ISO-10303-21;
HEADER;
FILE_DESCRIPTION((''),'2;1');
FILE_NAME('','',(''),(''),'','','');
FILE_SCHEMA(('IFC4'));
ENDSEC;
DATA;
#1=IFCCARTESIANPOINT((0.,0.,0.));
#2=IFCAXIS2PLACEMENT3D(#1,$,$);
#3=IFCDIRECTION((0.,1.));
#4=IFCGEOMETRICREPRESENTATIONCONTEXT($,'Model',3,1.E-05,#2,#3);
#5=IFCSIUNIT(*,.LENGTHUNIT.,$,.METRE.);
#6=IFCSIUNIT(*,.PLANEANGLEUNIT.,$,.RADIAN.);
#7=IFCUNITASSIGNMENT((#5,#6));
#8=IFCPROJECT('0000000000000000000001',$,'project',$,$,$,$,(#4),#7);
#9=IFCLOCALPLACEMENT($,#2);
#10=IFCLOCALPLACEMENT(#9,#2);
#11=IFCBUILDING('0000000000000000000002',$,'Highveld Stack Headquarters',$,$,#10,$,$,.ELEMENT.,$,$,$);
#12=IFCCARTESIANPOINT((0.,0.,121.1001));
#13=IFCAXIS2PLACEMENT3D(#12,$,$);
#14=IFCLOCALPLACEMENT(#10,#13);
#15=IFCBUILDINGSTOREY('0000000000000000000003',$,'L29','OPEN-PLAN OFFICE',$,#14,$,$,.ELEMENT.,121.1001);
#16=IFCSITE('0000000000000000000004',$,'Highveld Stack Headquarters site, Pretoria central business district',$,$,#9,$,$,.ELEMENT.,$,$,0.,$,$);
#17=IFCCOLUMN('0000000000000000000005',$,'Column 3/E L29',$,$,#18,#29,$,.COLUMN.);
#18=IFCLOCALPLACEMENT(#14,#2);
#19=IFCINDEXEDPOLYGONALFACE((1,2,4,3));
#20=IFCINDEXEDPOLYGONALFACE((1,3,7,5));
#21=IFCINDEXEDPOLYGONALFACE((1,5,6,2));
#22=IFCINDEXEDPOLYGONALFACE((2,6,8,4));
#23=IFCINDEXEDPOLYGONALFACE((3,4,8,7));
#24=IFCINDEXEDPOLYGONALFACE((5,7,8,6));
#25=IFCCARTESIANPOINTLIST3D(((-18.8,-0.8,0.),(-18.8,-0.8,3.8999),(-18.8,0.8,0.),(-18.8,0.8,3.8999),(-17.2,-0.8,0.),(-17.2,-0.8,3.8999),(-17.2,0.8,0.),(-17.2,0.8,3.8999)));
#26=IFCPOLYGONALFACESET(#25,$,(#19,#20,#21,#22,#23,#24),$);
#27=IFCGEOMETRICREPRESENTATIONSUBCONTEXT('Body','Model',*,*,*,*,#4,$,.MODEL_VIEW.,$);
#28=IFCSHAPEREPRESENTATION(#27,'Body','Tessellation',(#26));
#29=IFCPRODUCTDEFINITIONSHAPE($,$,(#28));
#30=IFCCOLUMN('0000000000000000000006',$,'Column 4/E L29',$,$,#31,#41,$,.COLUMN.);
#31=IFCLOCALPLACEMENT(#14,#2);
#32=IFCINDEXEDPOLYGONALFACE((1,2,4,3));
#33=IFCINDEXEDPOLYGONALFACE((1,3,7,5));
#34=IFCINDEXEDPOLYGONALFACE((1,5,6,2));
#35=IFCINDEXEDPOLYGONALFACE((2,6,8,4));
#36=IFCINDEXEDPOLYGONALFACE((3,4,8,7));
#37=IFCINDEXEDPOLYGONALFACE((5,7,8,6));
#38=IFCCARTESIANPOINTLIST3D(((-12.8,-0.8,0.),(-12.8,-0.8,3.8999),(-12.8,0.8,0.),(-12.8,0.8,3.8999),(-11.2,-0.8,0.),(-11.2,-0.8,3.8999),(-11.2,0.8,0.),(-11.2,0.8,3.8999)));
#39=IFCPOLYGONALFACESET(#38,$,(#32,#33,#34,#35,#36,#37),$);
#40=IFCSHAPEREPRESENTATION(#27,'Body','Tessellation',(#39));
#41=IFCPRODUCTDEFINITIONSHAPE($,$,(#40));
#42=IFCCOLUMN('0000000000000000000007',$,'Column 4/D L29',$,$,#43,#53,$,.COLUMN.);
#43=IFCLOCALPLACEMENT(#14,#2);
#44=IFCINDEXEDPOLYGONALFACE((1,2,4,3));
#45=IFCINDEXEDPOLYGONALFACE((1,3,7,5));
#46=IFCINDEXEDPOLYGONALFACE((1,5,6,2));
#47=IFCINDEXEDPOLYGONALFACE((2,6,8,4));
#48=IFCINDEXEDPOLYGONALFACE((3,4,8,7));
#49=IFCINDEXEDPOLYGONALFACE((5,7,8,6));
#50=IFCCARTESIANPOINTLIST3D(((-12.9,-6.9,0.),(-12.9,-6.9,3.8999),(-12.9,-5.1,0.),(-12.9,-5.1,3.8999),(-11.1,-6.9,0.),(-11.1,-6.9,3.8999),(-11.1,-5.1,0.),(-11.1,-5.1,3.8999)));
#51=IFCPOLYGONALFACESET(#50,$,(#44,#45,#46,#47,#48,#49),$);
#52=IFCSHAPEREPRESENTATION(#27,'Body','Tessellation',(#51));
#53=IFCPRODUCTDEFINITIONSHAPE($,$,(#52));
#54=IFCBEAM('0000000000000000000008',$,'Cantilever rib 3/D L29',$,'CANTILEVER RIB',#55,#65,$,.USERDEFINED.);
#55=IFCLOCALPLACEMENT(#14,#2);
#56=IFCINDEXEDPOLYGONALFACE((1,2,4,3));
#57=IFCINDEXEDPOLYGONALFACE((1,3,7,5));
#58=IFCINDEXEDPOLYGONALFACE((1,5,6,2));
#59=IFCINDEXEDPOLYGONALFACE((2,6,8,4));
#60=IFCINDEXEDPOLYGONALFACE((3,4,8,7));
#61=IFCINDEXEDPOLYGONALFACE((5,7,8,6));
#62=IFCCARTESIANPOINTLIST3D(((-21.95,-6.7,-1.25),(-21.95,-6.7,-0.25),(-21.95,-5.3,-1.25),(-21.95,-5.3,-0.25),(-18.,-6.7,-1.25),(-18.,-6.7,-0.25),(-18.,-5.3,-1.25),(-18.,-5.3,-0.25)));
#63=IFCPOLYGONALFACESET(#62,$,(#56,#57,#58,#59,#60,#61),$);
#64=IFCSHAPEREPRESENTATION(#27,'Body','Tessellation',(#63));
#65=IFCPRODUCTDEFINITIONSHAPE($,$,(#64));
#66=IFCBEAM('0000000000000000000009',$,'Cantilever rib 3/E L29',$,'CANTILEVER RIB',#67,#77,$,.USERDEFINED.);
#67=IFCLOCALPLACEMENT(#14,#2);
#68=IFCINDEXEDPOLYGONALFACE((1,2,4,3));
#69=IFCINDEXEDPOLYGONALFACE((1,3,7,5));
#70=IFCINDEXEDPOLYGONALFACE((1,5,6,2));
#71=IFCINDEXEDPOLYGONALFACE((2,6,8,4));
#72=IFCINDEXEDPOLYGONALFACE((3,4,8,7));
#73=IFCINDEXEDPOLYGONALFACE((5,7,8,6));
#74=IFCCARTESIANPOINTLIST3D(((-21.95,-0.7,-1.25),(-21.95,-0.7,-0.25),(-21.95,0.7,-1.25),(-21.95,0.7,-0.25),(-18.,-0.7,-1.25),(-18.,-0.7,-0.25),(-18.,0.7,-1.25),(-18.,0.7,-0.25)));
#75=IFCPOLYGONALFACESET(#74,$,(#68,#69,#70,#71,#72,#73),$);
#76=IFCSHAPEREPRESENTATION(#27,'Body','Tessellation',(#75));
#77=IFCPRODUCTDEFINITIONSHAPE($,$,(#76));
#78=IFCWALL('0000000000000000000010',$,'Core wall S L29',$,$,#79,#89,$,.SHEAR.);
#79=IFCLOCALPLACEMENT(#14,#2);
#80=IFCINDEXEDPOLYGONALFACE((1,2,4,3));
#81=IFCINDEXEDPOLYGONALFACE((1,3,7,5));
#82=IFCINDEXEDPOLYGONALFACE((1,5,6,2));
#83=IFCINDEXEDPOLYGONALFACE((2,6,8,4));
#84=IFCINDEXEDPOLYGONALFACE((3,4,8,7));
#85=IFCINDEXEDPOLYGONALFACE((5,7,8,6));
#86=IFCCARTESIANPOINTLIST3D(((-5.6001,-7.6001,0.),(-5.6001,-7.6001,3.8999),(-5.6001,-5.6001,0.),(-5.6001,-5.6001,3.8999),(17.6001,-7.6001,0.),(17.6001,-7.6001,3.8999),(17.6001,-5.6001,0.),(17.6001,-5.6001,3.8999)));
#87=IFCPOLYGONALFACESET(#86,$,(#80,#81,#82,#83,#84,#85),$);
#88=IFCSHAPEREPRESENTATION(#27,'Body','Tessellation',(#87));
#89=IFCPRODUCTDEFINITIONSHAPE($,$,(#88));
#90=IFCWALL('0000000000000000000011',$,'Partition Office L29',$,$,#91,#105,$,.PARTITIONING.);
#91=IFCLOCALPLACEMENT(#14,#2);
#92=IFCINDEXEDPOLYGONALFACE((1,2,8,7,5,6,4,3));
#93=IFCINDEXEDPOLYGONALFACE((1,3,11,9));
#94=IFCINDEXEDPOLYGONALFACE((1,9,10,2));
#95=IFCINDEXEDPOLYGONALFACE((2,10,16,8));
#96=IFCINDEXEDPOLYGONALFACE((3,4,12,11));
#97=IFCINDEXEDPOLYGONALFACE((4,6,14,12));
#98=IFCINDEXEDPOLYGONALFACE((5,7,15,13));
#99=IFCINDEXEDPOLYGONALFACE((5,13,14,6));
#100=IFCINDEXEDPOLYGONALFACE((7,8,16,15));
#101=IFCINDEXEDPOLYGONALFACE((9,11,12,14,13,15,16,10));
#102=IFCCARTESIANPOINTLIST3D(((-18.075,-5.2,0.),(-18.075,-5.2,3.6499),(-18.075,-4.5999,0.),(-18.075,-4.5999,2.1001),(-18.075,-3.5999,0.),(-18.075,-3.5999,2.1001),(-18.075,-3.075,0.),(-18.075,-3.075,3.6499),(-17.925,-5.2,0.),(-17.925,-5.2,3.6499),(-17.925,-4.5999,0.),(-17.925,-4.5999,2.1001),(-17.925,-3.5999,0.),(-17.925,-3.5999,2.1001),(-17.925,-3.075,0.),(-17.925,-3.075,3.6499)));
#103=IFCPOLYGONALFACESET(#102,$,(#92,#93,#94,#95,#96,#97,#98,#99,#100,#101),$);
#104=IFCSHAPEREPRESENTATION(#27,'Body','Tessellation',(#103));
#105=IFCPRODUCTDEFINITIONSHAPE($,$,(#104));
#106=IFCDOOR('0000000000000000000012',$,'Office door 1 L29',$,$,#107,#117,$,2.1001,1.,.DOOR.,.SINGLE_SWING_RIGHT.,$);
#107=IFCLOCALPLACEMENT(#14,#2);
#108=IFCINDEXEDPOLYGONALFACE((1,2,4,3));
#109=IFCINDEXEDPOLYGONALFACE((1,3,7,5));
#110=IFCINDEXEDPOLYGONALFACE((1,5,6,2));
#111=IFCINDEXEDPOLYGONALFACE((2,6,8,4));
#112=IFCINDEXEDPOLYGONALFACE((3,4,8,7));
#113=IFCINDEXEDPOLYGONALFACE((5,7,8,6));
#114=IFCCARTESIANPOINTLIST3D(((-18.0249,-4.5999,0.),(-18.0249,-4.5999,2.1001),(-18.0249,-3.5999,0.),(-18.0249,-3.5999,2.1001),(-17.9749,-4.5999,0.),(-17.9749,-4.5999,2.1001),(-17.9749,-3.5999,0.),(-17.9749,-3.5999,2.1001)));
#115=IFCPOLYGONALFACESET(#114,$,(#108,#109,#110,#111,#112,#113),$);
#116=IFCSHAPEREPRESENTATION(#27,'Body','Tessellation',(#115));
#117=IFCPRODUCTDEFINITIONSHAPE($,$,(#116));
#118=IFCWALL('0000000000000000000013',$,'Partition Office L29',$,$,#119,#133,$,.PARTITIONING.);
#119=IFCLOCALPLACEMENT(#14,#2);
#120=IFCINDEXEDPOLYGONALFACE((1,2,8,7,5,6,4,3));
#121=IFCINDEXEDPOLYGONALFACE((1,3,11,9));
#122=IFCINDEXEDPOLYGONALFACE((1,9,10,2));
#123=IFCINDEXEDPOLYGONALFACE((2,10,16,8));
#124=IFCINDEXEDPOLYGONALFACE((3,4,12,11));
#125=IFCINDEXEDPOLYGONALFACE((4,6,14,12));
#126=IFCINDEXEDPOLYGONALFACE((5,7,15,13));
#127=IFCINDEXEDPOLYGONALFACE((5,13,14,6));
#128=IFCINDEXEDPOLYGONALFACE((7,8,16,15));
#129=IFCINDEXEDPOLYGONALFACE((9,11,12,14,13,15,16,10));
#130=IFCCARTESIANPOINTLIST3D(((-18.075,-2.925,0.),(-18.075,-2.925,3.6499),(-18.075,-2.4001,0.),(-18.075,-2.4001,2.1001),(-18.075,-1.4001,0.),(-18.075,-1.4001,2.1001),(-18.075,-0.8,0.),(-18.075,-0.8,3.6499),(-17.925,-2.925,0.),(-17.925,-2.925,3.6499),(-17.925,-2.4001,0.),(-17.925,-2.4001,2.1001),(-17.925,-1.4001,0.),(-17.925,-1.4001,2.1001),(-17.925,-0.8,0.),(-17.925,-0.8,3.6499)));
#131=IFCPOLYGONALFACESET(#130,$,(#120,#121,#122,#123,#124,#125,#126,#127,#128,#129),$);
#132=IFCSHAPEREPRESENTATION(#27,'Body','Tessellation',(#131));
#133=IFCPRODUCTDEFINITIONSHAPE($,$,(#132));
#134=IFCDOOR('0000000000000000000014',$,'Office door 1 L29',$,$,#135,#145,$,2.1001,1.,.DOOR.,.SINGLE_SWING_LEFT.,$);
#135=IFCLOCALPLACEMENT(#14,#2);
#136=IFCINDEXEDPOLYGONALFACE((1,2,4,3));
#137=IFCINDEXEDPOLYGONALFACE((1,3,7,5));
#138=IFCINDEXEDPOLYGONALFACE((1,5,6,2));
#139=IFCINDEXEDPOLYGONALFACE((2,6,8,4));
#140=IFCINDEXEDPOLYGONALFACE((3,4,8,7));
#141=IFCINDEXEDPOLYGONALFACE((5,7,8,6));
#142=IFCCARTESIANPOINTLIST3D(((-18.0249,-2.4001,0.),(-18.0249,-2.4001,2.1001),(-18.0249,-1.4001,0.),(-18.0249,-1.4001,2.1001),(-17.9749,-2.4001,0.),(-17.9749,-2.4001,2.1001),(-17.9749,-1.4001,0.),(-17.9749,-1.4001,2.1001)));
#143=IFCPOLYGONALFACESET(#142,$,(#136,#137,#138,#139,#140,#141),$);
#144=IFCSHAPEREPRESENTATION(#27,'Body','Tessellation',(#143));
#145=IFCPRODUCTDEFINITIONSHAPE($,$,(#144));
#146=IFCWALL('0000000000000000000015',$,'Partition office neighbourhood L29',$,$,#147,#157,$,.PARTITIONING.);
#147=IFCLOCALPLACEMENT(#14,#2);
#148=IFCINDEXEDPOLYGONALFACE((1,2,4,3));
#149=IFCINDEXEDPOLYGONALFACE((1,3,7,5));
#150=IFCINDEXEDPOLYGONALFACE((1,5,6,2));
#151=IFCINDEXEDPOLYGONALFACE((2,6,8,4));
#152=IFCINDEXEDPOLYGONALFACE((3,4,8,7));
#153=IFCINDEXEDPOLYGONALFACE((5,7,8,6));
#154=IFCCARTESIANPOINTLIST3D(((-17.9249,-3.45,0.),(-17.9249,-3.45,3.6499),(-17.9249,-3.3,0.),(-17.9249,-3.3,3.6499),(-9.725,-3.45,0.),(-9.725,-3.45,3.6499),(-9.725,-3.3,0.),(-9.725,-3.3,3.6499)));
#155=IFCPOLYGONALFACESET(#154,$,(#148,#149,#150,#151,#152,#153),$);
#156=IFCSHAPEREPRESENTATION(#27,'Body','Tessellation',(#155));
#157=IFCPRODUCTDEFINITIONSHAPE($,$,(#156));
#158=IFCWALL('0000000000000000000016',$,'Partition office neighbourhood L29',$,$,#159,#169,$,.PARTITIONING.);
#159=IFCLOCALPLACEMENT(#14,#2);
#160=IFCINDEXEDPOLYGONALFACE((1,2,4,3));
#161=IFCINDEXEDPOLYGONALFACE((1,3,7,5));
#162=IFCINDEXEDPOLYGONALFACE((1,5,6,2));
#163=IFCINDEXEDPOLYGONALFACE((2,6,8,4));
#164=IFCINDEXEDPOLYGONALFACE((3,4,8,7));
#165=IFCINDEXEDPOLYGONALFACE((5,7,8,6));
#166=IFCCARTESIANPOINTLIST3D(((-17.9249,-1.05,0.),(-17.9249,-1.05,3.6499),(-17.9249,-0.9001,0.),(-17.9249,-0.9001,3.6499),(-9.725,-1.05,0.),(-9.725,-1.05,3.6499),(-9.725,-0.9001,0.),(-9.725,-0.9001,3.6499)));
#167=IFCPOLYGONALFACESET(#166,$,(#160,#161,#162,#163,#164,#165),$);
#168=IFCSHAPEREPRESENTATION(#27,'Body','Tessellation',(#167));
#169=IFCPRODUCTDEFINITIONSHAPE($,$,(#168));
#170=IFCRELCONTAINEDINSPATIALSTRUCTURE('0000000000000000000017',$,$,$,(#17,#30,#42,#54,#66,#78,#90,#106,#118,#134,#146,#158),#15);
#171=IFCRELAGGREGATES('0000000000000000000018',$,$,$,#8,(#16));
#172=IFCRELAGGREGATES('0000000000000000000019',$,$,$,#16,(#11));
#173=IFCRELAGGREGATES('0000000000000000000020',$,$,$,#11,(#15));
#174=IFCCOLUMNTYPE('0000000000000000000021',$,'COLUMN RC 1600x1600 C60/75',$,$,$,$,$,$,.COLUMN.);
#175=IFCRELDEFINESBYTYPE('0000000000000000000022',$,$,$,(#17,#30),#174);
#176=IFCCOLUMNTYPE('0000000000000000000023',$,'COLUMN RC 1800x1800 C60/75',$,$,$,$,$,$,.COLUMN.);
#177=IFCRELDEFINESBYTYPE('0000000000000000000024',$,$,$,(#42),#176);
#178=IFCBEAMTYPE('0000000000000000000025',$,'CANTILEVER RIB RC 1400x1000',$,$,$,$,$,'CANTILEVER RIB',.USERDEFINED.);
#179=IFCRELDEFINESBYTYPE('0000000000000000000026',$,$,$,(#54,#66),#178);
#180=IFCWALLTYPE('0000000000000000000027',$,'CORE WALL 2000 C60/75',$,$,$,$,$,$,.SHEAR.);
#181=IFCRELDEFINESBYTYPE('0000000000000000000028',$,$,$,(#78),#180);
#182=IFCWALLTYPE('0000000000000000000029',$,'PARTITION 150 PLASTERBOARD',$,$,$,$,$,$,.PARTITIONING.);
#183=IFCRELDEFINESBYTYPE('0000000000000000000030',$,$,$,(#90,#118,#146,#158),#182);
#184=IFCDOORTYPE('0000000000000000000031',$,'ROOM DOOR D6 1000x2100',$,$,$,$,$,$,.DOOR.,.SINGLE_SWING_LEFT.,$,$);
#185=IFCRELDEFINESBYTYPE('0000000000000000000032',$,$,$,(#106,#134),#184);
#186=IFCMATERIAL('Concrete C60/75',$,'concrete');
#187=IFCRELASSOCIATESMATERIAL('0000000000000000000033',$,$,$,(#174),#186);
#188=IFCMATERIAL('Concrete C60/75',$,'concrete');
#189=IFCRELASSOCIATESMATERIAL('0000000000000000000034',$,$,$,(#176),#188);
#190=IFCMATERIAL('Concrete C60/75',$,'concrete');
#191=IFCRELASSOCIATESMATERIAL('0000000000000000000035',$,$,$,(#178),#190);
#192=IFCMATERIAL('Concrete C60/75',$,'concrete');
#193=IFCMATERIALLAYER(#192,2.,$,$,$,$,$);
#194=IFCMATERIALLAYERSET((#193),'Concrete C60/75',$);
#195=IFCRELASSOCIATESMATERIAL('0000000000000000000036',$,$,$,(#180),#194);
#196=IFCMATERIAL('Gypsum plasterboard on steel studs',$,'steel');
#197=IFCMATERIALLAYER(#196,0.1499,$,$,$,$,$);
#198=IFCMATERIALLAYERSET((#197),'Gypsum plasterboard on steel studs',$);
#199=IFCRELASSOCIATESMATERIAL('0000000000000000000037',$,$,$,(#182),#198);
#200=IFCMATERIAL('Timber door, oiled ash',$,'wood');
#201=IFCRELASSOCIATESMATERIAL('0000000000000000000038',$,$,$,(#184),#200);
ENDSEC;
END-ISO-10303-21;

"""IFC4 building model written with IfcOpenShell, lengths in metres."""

from ifc_helpers import new_model, si_unit, direction, frame, frame_2d, origin, origin_2d, place, context, subcontext, project, spatial, rectangle, extrude, material, layer, layer_set, material_profile, profile_set, type_object, element, fill, save


model = new_model("IFC4")

# Units and contexts
model_context = context("Model", 3, precision=1e-05, world=origin(), true_north=direction((0.0, 1.0)))
body_context = subcontext(model_context, "Body", "Model", "MODEL_VIEW")
ifc_project = project(units=[si_unit("LENGTHUNIT", "METRE"), si_unit("PLANEANGLEUNIT", "RADIAN")], contexts=[model_context])

# Site, building, storey
site_placement = place(None, origin())
site = spatial("IfcSite", under=ifc_project, at=site_placement, Name="Highveld Stack Headquarters site, Pretoria central business district", CompositionType="ELEMENT", RefElevation=0.0)
building_placement = place(site_placement, origin())
building = spatial("IfcBuilding", under=site, at=building_placement, Name="Highveld Stack Headquarters", CompositionType="ELEMENT")
storey_placement = place(building_placement, frame((0.0, 0.0, 121.1001)))
storey = spatial("IfcBuildingStorey", under=building, at=storey_placement, Name="L29", Description="OPEN-PLAN OFFICE", CompositionType="ELEMENT", Elevation=121.1001)

# Columns
ifc_material_1 = material(Name="Concrete C60/75", Category="concrete")
ifc_material_profile_1 = material_profile(ifc_material_1, rectangle(XDim=1.6001, YDim=1.6001, at=origin_2d()), Name="RC 1600x1600")
ifc_profile_set_1 = profile_set([ifc_material_profile_1], Name="Concrete C60/75")
column_type_1 = type_object("IfcColumnType", Name="COLUMN RC 1600x1600 C60/75", PredefinedType="COLUMN", material=ifc_profile_set_1)
for number, where, z_axis, x_axis, name in (
    (1, (-18.0, 0.0, 0.0), (0.0, 0.0, 1.0), (1.0, 0.0, 0.0), "Column 3/E L29"),
    (2, (-12.0, 0.0, 0.0), (0.0, 0.0, 1.0), (1.0, 0.0, 0.0), "Column 4/E L29"),
):
    element("IfcColumn", number, at=place(storey_placement, frame(where, z_axis=z_axis, x_axis=x_axis)), inside=storey, type_object=column_type_1, Name=name, PredefinedType="COLUMN", context=body_context, shape_type="SweptSolid", body=[
        extrude(rectangle(XDim=1.6001, YDim=1.6001, at=origin_2d()), origin(), (0.0, 0.0, 1.0), 3.8999),
    ])
ifc_material_2 = material(Name="Concrete C60/75", Category="concrete")
ifc_material_profile_2 = material_profile(ifc_material_2, rectangle(XDim=1.8, YDim=1.8, at=origin_2d()), Name="RC 1800x1800")
ifc_profile_set_2 = profile_set([ifc_material_profile_2], Name="Concrete C60/75")
column_type_2 = type_object("IfcColumnType", Name="COLUMN RC 1800x1800 C60/75", PredefinedType="COLUMN", material=ifc_profile_set_2)
column_placement = place(storey_placement, frame((-12.0, -6.0, 0.0), z_axis=(0.0, 0.0, 1.0), x_axis=(1.0, 0.0, 0.0)))
element("IfcColumn", 3, at=column_placement, inside=storey, type_object=column_type_2, Name="Column 4/D L29", PredefinedType="COLUMN", context=body_context, shape_type="SweptSolid", body=[
    extrude(rectangle(XDim=1.8, YDim=1.8, at=origin_2d()), origin(), (0.0, 0.0, 1.0), 3.8999),
])

# Beams
ifc_material_3 = material(Name="Concrete C60/75", Category="concrete")
ifc_material_profile_3 = material_profile(ifc_material_3, rectangle(XDim=1.3999, YDim=1.0, at=origin_2d()), Name="RC 1400x1000")
ifc_profile_set_3 = profile_set([ifc_material_profile_3], Name="Concrete C60/75")
beam_type = type_object("IfcBeamType", Name="CANTILEVER RIB RC 1400x1000", ElementType="CANTILEVER RIB", PredefinedType="USERDEFINED", material=ifc_profile_set_3)
for number, where, z_axis, x_axis, name in (
    (4, (-18.0, -6.0, -0.75), (-1.0, 0.0, 0.0), (0.0, -1.0, 0.0), "Cantilever rib 3/D L29"),
    (5, (-18.0, 0.0, -0.75), (-1.0, 0.0, 0.0), (0.0, -1.0, 0.0), "Cantilever rib 3/E L29"),
):
    element("IfcBeam", number, at=place(storey_placement, frame(where, z_axis=z_axis, x_axis=x_axis)), inside=storey, type_object=beam_type, Name=name, ObjectType="CANTILEVER RIB", PredefinedType="USERDEFINED", context=body_context, shape_type="SweptSolid", body=[
        extrude(rectangle(XDim=1.3999, YDim=1.0, at=origin_2d()), origin(), (0.0, 0.0, 1.0), 3.95),
    ])

# Wall
ifc_material_4 = material(Name="Concrete C60/75", Category="concrete")
ifc_layer_1 = layer(ifc_material_4, 2.0)
ifc_layer_set_1 = layer_set([ifc_layer_1], Name="Concrete C60/75")
wall_type_1 = type_object("IfcWallType", Name="CORE WALL 2000 C60/75", PredefinedType="SHEAR", material=ifc_layer_set_1)
wall_1_placement = place(storey_placement, frame((-5.6001, -6.6001, 0.0), z_axis=(0.0, 0.0, 1.0), x_axis=(1.0, 0.0, 0.0)))
element("IfcWall", 6, at=wall_1_placement, inside=storey, type_object=wall_type_1, Name="Core wall S L29", PredefinedType="SHEAR", context=body_context, shape_type="SweptSolid", body=[
    extrude(rectangle(XDim=23.2002, YDim=2.0, at=frame_2d((11.6001, 0.0))), origin(), (0.0, 0.0, 1.0), 3.8999),
])

# Walls, openings, doors
ifc_material_5 = material(Name="Gypsum plasterboard on steel studs", Category="steel")
ifc_layer_2 = layer(ifc_material_5, 0.1499)
ifc_layer_set_2 = layer_set([ifc_layer_2], Name="Gypsum plasterboard on steel studs")
wall_type_2 = type_object("IfcWallType", Name="PARTITION 150 PLASTERBOARD", PredefinedType="PARTITIONING", material=ifc_layer_set_2)
wall_2_placement = place(storey_placement, frame((-18.0, -5.2, 0.0), z_axis=(0.0, 0.0, 1.0), x_axis=(0.0, 1.0, 0.0)))
wall_2 = element("IfcWall", 7, at=wall_2_placement, inside=storey, type_object=wall_type_2, Name="Partition Office L29", PredefinedType="PARTITIONING", context=body_context, shape_type="SweptSolid", body=[
    extrude(rectangle(XDim=2.125, YDim=0.1499, at=frame_2d((1.0625, 0.0))), origin(), (0.0, 0.0, 1.0), 3.6499),
])
opening_1_placement = place(wall_2_placement, frame((0.6001, 0.0, 0.0)))
opening_1 = element("IfcOpeningElement", 8, at=opening_1_placement, cuts=wall_2, PredefinedType="OPENING", context=body_context, shape_type="SweptSolid", body=[
    extrude(rectangle(XDim=1.0, YDim=2.1001, at=frame_2d((0.5, 1.05))), frame((0.0, 0.085, 0.0), z_axis=(0.0, -1.0, 0.0), x_axis=(1.0, 0.0, 0.0)), (0.0, 0.0, 1.0), 0.1699),
])
ifc_material_6 = material(Name="Timber door, oiled ash", Category="wood")
door_type_1 = type_object("IfcDoorType", Name="ROOM DOOR D6 1000x2100", OperationType="SINGLE_SWING_LEFT", PredefinedType="DOOR", material=ifc_material_6)
door_1_placement = place(opening_1_placement, origin())
door_1 = element("IfcDoor", 9, at=door_1_placement, inside=storey, type_object=door_type_1, Name="Office door 1 L29", OperationType="SINGLE_SWING_RIGHT", OverallHeight=2.1001, OverallWidth=1.0, PredefinedType="DOOR", context=body_context, shape_type="SweptSolid", body=[
    extrude(rectangle(XDim=1.0, YDim=2.1001, at=frame_2d((0.5, 1.05))), frame((0.0, 0.0249, 0.0), z_axis=(0.0, -1.0, 0.0), x_axis=(1.0, 0.0, 0.0)), (0.0, 0.0, 1.0), 0.05),
])
fill(opening_1, door_1)
wall_3_placement = place(storey_placement, frame((-18.0, -2.925, 0.0), z_axis=(0.0, 0.0, 1.0), x_axis=(0.0, 1.0, 0.0)))
wall_3 = element("IfcWall", 10, at=wall_3_placement, inside=storey, type_object=wall_type_2, Name="Partition Office L29", PredefinedType="PARTITIONING", context=body_context, shape_type="SweptSolid", body=[
    extrude(rectangle(XDim=2.125, YDim=0.1499, at=frame_2d((1.0625, 0.0))), origin(), (0.0, 0.0, 1.0), 3.6499),
])
opening_2_placement = place(wall_3_placement, frame((0.5249, 0.0, 0.0)))
opening_2 = element("IfcOpeningElement", 11, at=opening_2_placement, cuts=wall_3, PredefinedType="OPENING", context=body_context, shape_type="SweptSolid", body=[
    extrude(rectangle(XDim=1.0, YDim=2.1001, at=frame_2d((0.5, 1.05))), frame((0.0, 0.085, 0.0), z_axis=(0.0, -1.0, 0.0), x_axis=(1.0, 0.0, 0.0)), (0.0, 0.0, 1.0), 0.1699),
])
door_2_placement = place(opening_2_placement, origin())
door_2 = element("IfcDoor", 12, at=door_2_placement, inside=storey, type_object=door_type_1, Name="Office door 1 L29", OperationType="SINGLE_SWING_LEFT", OverallHeight=2.1001, OverallWidth=1.0, PredefinedType="DOOR", context=body_context, shape_type="SweptSolid", body=[
    extrude(rectangle(XDim=1.0, YDim=2.1001, at=frame_2d((0.5, 1.05))), frame((0.0, 0.0249, 0.0), z_axis=(0.0, -1.0, 0.0), x_axis=(1.0, 0.0, 0.0)), (0.0, 0.0, 1.0), 0.05),
])
fill(opening_2, door_2)

# Walls
for number, where, z_axis, x_axis, name in (
    (13, (-17.925, -3.375, 0.0), (0.0, 0.0, 1.0), (1.0, 0.0, 0.0), "Partition office neighbourhood L29"),
    (14, (-17.925, -0.9751, 0.0), (0.0, 0.0, 1.0), (1.0, 0.0, 0.0), "Partition office neighbourhood L29"),
):
    element("IfcWall", number, at=place(storey_placement, frame(where, z_axis=z_axis, x_axis=x_axis)), inside=storey, type_object=wall_type_2, Name=name, PredefinedType="PARTITIONING", context=body_context, shape_type="SweptSolid", body=[
        extrude(rectangle(XDim=8.2, YDim=0.1499, at=frame_2d((4.1001, 0.0))), origin(), (0.0, 0.0, 1.0), 3.6499),
    ])

save(model, "model.ifc")
